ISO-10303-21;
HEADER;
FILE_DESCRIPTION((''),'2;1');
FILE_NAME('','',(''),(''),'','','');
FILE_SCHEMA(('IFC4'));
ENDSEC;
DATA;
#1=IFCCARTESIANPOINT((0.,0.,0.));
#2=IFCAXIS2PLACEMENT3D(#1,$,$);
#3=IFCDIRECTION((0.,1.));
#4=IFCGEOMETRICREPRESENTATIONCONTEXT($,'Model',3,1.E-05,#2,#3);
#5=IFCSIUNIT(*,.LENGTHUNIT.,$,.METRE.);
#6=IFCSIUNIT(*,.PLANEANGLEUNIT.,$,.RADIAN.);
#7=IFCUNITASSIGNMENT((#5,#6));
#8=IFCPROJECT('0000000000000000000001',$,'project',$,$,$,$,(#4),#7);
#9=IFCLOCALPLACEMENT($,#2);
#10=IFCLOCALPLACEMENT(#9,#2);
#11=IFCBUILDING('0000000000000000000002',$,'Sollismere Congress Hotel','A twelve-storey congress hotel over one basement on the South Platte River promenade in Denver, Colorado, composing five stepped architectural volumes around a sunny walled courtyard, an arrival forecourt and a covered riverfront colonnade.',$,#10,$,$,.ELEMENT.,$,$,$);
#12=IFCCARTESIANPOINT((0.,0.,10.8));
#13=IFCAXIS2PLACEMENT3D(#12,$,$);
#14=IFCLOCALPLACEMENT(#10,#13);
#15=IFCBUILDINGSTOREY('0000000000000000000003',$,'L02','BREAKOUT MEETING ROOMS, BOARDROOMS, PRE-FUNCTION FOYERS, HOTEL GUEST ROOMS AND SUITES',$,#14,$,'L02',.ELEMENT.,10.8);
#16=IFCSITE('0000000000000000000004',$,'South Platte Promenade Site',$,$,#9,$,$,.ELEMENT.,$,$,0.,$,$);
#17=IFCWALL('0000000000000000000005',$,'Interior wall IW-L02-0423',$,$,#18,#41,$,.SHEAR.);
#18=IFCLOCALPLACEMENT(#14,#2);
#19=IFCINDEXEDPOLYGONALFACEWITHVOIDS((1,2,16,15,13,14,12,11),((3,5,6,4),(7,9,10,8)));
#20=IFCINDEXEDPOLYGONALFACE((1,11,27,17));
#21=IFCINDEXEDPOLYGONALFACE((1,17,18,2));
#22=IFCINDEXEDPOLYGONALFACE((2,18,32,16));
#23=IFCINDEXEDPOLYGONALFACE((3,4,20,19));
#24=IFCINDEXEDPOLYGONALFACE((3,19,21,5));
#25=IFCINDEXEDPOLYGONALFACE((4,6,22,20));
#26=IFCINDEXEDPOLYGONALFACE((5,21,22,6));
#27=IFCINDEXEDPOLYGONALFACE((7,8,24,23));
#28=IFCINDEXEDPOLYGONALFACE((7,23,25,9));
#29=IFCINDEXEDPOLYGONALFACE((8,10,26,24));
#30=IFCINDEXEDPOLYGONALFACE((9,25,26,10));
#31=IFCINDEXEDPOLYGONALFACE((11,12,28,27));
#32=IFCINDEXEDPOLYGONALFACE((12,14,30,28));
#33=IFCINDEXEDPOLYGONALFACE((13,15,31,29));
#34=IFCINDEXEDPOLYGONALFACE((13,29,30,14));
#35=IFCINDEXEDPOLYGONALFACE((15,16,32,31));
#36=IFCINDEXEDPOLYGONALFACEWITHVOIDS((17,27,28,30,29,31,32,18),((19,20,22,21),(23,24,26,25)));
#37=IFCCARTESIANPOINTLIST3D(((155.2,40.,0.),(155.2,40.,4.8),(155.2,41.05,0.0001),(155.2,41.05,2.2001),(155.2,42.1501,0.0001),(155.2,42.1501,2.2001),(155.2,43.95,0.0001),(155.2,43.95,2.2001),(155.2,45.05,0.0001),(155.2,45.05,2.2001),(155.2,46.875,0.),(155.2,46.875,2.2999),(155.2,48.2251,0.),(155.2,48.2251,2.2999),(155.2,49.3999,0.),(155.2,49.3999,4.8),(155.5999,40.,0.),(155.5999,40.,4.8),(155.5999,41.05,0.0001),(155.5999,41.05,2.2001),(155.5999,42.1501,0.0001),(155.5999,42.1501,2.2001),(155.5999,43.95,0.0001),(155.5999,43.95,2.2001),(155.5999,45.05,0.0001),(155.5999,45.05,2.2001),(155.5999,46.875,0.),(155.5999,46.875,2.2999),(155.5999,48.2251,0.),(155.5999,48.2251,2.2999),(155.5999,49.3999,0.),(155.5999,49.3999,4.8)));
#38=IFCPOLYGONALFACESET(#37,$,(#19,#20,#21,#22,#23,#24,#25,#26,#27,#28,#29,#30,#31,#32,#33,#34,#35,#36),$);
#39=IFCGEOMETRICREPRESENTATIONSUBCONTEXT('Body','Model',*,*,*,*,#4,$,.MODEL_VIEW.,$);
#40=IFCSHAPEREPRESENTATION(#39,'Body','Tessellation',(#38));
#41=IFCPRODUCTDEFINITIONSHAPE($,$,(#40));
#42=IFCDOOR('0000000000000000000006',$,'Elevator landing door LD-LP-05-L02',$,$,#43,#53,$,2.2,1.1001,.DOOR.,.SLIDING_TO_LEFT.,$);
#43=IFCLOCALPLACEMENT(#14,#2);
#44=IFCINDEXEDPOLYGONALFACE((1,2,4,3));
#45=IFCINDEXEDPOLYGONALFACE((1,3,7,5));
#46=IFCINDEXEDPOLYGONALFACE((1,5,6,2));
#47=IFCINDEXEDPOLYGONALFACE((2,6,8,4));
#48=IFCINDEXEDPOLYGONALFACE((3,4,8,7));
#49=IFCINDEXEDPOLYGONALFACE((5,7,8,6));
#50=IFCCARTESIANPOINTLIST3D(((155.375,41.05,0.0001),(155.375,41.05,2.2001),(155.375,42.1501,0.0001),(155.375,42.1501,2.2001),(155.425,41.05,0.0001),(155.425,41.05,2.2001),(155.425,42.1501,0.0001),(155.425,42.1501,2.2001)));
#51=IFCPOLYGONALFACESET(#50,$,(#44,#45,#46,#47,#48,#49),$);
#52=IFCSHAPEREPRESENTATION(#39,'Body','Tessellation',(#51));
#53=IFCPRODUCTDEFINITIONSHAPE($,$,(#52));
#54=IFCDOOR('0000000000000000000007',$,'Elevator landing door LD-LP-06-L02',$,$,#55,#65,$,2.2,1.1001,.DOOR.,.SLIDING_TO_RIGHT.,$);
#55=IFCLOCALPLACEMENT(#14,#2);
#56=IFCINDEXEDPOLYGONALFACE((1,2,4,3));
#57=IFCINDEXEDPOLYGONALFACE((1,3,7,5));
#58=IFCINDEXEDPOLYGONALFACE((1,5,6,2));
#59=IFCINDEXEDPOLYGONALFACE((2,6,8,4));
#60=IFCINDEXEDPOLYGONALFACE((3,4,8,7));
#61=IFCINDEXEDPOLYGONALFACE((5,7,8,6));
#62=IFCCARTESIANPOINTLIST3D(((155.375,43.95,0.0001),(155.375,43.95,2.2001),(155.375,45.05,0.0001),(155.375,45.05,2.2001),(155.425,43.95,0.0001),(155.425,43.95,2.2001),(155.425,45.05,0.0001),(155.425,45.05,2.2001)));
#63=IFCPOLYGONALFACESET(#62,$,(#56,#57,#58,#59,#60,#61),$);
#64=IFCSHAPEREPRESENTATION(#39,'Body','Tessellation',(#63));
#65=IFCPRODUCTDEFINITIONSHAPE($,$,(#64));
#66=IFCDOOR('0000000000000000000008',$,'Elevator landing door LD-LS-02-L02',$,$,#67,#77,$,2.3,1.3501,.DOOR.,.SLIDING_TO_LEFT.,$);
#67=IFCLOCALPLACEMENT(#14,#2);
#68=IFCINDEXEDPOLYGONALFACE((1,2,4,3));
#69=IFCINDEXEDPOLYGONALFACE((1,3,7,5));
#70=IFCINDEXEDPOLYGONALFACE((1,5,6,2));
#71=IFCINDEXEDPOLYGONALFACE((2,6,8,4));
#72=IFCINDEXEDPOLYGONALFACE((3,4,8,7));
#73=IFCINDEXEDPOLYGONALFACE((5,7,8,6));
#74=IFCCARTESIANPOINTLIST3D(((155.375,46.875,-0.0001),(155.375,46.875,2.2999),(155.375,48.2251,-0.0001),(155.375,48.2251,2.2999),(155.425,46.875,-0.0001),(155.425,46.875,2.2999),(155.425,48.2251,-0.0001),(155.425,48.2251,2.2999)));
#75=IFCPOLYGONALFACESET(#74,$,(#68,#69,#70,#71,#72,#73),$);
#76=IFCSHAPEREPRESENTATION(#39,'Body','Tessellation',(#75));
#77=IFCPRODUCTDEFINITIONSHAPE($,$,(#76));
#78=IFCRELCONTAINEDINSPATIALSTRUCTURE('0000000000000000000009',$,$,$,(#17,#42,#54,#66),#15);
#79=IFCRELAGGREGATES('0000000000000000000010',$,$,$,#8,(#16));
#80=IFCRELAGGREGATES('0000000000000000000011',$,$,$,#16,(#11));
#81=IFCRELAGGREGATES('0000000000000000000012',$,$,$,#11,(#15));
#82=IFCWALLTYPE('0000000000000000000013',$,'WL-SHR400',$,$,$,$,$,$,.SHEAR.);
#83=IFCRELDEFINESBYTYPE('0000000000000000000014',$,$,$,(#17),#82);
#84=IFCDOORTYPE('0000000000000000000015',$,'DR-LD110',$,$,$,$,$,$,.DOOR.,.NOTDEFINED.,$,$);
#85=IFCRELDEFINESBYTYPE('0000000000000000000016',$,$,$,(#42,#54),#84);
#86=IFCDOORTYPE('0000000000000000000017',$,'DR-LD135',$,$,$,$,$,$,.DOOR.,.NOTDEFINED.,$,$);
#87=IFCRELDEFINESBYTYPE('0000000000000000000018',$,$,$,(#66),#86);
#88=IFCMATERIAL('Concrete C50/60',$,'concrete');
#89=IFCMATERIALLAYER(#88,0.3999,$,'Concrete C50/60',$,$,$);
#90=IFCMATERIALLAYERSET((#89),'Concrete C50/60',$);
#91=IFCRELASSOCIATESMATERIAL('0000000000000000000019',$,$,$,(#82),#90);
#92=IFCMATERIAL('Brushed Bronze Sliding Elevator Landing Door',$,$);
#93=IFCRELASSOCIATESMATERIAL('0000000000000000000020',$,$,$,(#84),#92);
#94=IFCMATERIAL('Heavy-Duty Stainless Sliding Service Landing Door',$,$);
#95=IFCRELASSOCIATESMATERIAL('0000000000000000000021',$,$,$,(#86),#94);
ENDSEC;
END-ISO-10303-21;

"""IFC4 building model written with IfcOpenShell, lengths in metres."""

from ifc_helpers import new_model, si_unit, direction, frame, frame_2d, origin, place, context, subcontext, project, spatial, rectangle, extrude, material, layer, layer_set, type_object, element, fill, save


model = new_model("IFC4")

# Units and contexts
model_context = context("Model", 3, precision=1e-05, world=origin(), true_north=direction((0.0, 1.0)))
body_context = subcontext(model_context, "Body", "Model", "MODEL_VIEW")
ifc_project = project(units=[si_unit("LENGTHUNIT", "METRE"), si_unit("PLANEANGLEUNIT", "RADIAN")], contexts=[model_context])

# Site, building, storey
site_placement = place(None, origin())
site = spatial("IfcSite", under=ifc_project, at=site_placement, Name="South Platte Promenade Site", CompositionType="ELEMENT", RefElevation=0.0)
building_placement = place(site_placement, origin())
building = spatial("IfcBuilding", under=site, at=building_placement, Name="Sollismere Congress Hotel", Description="A twelve-storey congress hotel over one basement on the South Platte River promenade in Denver, Colorado, composing five stepped architectural volumes around a sunny walled courtyard, an arrival forecourt and a covered riverfront colonnade.", CompositionType="ELEMENT")
storey_placement = place(building_placement, frame((0.0, 0.0, 10.8)))
storey = spatial("IfcBuildingStorey", under=building, at=storey_placement, Name="L02", Description="BREAKOUT MEETING ROOMS, BOARDROOMS, PRE-FUNCTION FOYERS, HOTEL GUEST ROOMS AND SUITES", LongName="L02", CompositionType="ELEMENT", Elevation=10.8)

# Wall, openings, doors
ifc_material_1 = material(Name="Concrete C50/60", Category="concrete")
ifc_layer_1 = layer(ifc_material_1, 0.3999, Name="Concrete C50/60")
ifc_layer_set_1 = layer_set([ifc_layer_1], Name="Concrete C50/60")
wall_type_1 = type_object("IfcWallType", Name="WL-SHR400", PredefinedType="SHEAR", material=ifc_layer_set_1)
wall_1_placement = place(storey_placement, frame((155.3999, 40.0, 0.0), z_axis=(0.0, 0.0, 1.0), x_axis=(0.0, 1.0, 0.0)))
wall_1 = element("IfcWall", 1, at=wall_1_placement, inside=storey, type_object=wall_type_1, Name="Interior wall IW-L02-0423", PredefinedType="SHEAR", context=body_context, shape_type="SweptSolid", body=[
    extrude(rectangle(XDim=9.3999, YDim=0.3999, at=frame_2d((4.7, 0.0))), origin(), (0.0, 0.0, 1.0), 4.8),
])
opening_1_placement = place(wall_1_placement, frame((1.05, 0.0, 0.0)))
opening_1 = element("IfcOpeningElement", 2, at=opening_1_placement, cuts=wall_1, PredefinedType="OPENING", context=body_context, shape_type="SweptSolid", body=[
    extrude(rectangle(XDim=1.1001, YDim=2.2, at=frame_2d((0.55, 1.1001))), frame((0.0, 0.21, 0.0), z_axis=(0.0, -1.0, 0.0), x_axis=(1.0, 0.0, 0.0)), (0.0, 0.0, 1.0), 0.4199),
])
opening_2_placement = place(wall_1_placement, frame((3.95, 0.0, 0.0)))
opening_2 = element("IfcOpeningElement", 3, at=opening_2_placement, cuts=wall_1, PredefinedType="OPENING", context=body_context, shape_type="SweptSolid", body=[
    extrude(rectangle(XDim=1.1001, YDim=2.2, at=frame_2d((0.55, 1.1001))), frame((0.0, 0.21, 0.0), z_axis=(0.0, -1.0, 0.0), x_axis=(1.0, 0.0, 0.0)), (0.0, 0.0, 1.0), 0.4199),
])
opening_3_placement = place(wall_1_placement, frame((6.875, 0.0, 0.0)))
opening_3 = element("IfcOpeningElement", 4, at=opening_3_placement, cuts=wall_1, PredefinedType="OPENING", context=body_context, shape_type="SweptSolid", body=[
    extrude(rectangle(XDim=1.3501, YDim=2.3, at=frame_2d((0.675, 1.1499))), frame((0.0, 0.21, 0.0), z_axis=(0.0, -1.0, 0.0), x_axis=(1.0, 0.0, 0.0)), (0.0, 0.0, 1.0), 0.4199),
])
ifc_material_2 = material(Name="Brushed Bronze Sliding Elevator Landing Door")
door_type_1 = type_object("IfcDoorType", Name="DR-LD110", OperationType="NOTDEFINED", PredefinedType="DOOR", material=ifc_material_2)
door_1_placement = place(opening_1_placement, origin())
door_1 = element("IfcDoor", 5, at=door_1_placement, inside=storey, type_object=door_type_1, Name="Elevator landing door LD-LP-05-L02", OperationType="SLIDING_TO_LEFT", OverallHeight=2.2, OverallWidth=1.1001, PredefinedType="DOOR", context=body_context, shape_type="SweptSolid", body=[
    extrude(rectangle(XDim=1.1001, YDim=2.2, at=frame_2d((0.55, 1.1001))), frame((0.0, 0.0249, 0.0), z_axis=(0.0, -1.0, 0.0), x_axis=(1.0, 0.0, 0.0)), (0.0, 0.0, 1.0), 0.05),
])
fill(opening_1, door_1)
door_2_placement = place(opening_2_placement, origin())
door_2 = element("IfcDoor", 6, at=door_2_placement, inside=storey, type_object=door_type_1, Name="Elevator landing door LD-LP-06-L02", OperationType="SLIDING_TO_RIGHT", OverallHeight=2.2, OverallWidth=1.1001, PredefinedType="DOOR", context=body_context, shape_type="SweptSolid", body=[
    extrude(rectangle(XDim=1.1001, YDim=2.2, at=frame_2d((0.55, 1.1001))), frame((0.0, 0.0249, 0.0), z_axis=(0.0, -1.0, 0.0), x_axis=(1.0, 0.0, 0.0)), (0.0, 0.0, 1.0), 0.05),
])
fill(opening_2, door_2)
ifc_material_3 = material(Name="Heavy-Duty Stainless Sliding Service Landing Door")
door_type_2 = type_object("IfcDoorType", Name="DR-LD135", OperationType="NOTDEFINED", PredefinedType="DOOR", material=ifc_material_3)
door_3_placement = place(opening_3_placement, origin())
door_3 = element("IfcDoor", 7, at=door_3_placement, inside=storey, type_object=door_type_2, Name="Elevator landing door LD-LS-02-L02", OperationType="SLIDING_TO_LEFT", OverallHeight=2.3, OverallWidth=1.3501, PredefinedType="DOOR", context=body_context, shape_type="SweptSolid", body=[
    extrude(rectangle(XDim=1.3501, YDim=2.3, at=frame_2d((0.675, 1.1499))), frame((0.0, 0.0249, 0.0), z_axis=(0.0, -1.0, 0.0), x_axis=(1.0, 0.0, 0.0)), (0.0, 0.0, 1.0), 0.05),
])
fill(opening_3, door_3)

save(model, "model.ifc")
